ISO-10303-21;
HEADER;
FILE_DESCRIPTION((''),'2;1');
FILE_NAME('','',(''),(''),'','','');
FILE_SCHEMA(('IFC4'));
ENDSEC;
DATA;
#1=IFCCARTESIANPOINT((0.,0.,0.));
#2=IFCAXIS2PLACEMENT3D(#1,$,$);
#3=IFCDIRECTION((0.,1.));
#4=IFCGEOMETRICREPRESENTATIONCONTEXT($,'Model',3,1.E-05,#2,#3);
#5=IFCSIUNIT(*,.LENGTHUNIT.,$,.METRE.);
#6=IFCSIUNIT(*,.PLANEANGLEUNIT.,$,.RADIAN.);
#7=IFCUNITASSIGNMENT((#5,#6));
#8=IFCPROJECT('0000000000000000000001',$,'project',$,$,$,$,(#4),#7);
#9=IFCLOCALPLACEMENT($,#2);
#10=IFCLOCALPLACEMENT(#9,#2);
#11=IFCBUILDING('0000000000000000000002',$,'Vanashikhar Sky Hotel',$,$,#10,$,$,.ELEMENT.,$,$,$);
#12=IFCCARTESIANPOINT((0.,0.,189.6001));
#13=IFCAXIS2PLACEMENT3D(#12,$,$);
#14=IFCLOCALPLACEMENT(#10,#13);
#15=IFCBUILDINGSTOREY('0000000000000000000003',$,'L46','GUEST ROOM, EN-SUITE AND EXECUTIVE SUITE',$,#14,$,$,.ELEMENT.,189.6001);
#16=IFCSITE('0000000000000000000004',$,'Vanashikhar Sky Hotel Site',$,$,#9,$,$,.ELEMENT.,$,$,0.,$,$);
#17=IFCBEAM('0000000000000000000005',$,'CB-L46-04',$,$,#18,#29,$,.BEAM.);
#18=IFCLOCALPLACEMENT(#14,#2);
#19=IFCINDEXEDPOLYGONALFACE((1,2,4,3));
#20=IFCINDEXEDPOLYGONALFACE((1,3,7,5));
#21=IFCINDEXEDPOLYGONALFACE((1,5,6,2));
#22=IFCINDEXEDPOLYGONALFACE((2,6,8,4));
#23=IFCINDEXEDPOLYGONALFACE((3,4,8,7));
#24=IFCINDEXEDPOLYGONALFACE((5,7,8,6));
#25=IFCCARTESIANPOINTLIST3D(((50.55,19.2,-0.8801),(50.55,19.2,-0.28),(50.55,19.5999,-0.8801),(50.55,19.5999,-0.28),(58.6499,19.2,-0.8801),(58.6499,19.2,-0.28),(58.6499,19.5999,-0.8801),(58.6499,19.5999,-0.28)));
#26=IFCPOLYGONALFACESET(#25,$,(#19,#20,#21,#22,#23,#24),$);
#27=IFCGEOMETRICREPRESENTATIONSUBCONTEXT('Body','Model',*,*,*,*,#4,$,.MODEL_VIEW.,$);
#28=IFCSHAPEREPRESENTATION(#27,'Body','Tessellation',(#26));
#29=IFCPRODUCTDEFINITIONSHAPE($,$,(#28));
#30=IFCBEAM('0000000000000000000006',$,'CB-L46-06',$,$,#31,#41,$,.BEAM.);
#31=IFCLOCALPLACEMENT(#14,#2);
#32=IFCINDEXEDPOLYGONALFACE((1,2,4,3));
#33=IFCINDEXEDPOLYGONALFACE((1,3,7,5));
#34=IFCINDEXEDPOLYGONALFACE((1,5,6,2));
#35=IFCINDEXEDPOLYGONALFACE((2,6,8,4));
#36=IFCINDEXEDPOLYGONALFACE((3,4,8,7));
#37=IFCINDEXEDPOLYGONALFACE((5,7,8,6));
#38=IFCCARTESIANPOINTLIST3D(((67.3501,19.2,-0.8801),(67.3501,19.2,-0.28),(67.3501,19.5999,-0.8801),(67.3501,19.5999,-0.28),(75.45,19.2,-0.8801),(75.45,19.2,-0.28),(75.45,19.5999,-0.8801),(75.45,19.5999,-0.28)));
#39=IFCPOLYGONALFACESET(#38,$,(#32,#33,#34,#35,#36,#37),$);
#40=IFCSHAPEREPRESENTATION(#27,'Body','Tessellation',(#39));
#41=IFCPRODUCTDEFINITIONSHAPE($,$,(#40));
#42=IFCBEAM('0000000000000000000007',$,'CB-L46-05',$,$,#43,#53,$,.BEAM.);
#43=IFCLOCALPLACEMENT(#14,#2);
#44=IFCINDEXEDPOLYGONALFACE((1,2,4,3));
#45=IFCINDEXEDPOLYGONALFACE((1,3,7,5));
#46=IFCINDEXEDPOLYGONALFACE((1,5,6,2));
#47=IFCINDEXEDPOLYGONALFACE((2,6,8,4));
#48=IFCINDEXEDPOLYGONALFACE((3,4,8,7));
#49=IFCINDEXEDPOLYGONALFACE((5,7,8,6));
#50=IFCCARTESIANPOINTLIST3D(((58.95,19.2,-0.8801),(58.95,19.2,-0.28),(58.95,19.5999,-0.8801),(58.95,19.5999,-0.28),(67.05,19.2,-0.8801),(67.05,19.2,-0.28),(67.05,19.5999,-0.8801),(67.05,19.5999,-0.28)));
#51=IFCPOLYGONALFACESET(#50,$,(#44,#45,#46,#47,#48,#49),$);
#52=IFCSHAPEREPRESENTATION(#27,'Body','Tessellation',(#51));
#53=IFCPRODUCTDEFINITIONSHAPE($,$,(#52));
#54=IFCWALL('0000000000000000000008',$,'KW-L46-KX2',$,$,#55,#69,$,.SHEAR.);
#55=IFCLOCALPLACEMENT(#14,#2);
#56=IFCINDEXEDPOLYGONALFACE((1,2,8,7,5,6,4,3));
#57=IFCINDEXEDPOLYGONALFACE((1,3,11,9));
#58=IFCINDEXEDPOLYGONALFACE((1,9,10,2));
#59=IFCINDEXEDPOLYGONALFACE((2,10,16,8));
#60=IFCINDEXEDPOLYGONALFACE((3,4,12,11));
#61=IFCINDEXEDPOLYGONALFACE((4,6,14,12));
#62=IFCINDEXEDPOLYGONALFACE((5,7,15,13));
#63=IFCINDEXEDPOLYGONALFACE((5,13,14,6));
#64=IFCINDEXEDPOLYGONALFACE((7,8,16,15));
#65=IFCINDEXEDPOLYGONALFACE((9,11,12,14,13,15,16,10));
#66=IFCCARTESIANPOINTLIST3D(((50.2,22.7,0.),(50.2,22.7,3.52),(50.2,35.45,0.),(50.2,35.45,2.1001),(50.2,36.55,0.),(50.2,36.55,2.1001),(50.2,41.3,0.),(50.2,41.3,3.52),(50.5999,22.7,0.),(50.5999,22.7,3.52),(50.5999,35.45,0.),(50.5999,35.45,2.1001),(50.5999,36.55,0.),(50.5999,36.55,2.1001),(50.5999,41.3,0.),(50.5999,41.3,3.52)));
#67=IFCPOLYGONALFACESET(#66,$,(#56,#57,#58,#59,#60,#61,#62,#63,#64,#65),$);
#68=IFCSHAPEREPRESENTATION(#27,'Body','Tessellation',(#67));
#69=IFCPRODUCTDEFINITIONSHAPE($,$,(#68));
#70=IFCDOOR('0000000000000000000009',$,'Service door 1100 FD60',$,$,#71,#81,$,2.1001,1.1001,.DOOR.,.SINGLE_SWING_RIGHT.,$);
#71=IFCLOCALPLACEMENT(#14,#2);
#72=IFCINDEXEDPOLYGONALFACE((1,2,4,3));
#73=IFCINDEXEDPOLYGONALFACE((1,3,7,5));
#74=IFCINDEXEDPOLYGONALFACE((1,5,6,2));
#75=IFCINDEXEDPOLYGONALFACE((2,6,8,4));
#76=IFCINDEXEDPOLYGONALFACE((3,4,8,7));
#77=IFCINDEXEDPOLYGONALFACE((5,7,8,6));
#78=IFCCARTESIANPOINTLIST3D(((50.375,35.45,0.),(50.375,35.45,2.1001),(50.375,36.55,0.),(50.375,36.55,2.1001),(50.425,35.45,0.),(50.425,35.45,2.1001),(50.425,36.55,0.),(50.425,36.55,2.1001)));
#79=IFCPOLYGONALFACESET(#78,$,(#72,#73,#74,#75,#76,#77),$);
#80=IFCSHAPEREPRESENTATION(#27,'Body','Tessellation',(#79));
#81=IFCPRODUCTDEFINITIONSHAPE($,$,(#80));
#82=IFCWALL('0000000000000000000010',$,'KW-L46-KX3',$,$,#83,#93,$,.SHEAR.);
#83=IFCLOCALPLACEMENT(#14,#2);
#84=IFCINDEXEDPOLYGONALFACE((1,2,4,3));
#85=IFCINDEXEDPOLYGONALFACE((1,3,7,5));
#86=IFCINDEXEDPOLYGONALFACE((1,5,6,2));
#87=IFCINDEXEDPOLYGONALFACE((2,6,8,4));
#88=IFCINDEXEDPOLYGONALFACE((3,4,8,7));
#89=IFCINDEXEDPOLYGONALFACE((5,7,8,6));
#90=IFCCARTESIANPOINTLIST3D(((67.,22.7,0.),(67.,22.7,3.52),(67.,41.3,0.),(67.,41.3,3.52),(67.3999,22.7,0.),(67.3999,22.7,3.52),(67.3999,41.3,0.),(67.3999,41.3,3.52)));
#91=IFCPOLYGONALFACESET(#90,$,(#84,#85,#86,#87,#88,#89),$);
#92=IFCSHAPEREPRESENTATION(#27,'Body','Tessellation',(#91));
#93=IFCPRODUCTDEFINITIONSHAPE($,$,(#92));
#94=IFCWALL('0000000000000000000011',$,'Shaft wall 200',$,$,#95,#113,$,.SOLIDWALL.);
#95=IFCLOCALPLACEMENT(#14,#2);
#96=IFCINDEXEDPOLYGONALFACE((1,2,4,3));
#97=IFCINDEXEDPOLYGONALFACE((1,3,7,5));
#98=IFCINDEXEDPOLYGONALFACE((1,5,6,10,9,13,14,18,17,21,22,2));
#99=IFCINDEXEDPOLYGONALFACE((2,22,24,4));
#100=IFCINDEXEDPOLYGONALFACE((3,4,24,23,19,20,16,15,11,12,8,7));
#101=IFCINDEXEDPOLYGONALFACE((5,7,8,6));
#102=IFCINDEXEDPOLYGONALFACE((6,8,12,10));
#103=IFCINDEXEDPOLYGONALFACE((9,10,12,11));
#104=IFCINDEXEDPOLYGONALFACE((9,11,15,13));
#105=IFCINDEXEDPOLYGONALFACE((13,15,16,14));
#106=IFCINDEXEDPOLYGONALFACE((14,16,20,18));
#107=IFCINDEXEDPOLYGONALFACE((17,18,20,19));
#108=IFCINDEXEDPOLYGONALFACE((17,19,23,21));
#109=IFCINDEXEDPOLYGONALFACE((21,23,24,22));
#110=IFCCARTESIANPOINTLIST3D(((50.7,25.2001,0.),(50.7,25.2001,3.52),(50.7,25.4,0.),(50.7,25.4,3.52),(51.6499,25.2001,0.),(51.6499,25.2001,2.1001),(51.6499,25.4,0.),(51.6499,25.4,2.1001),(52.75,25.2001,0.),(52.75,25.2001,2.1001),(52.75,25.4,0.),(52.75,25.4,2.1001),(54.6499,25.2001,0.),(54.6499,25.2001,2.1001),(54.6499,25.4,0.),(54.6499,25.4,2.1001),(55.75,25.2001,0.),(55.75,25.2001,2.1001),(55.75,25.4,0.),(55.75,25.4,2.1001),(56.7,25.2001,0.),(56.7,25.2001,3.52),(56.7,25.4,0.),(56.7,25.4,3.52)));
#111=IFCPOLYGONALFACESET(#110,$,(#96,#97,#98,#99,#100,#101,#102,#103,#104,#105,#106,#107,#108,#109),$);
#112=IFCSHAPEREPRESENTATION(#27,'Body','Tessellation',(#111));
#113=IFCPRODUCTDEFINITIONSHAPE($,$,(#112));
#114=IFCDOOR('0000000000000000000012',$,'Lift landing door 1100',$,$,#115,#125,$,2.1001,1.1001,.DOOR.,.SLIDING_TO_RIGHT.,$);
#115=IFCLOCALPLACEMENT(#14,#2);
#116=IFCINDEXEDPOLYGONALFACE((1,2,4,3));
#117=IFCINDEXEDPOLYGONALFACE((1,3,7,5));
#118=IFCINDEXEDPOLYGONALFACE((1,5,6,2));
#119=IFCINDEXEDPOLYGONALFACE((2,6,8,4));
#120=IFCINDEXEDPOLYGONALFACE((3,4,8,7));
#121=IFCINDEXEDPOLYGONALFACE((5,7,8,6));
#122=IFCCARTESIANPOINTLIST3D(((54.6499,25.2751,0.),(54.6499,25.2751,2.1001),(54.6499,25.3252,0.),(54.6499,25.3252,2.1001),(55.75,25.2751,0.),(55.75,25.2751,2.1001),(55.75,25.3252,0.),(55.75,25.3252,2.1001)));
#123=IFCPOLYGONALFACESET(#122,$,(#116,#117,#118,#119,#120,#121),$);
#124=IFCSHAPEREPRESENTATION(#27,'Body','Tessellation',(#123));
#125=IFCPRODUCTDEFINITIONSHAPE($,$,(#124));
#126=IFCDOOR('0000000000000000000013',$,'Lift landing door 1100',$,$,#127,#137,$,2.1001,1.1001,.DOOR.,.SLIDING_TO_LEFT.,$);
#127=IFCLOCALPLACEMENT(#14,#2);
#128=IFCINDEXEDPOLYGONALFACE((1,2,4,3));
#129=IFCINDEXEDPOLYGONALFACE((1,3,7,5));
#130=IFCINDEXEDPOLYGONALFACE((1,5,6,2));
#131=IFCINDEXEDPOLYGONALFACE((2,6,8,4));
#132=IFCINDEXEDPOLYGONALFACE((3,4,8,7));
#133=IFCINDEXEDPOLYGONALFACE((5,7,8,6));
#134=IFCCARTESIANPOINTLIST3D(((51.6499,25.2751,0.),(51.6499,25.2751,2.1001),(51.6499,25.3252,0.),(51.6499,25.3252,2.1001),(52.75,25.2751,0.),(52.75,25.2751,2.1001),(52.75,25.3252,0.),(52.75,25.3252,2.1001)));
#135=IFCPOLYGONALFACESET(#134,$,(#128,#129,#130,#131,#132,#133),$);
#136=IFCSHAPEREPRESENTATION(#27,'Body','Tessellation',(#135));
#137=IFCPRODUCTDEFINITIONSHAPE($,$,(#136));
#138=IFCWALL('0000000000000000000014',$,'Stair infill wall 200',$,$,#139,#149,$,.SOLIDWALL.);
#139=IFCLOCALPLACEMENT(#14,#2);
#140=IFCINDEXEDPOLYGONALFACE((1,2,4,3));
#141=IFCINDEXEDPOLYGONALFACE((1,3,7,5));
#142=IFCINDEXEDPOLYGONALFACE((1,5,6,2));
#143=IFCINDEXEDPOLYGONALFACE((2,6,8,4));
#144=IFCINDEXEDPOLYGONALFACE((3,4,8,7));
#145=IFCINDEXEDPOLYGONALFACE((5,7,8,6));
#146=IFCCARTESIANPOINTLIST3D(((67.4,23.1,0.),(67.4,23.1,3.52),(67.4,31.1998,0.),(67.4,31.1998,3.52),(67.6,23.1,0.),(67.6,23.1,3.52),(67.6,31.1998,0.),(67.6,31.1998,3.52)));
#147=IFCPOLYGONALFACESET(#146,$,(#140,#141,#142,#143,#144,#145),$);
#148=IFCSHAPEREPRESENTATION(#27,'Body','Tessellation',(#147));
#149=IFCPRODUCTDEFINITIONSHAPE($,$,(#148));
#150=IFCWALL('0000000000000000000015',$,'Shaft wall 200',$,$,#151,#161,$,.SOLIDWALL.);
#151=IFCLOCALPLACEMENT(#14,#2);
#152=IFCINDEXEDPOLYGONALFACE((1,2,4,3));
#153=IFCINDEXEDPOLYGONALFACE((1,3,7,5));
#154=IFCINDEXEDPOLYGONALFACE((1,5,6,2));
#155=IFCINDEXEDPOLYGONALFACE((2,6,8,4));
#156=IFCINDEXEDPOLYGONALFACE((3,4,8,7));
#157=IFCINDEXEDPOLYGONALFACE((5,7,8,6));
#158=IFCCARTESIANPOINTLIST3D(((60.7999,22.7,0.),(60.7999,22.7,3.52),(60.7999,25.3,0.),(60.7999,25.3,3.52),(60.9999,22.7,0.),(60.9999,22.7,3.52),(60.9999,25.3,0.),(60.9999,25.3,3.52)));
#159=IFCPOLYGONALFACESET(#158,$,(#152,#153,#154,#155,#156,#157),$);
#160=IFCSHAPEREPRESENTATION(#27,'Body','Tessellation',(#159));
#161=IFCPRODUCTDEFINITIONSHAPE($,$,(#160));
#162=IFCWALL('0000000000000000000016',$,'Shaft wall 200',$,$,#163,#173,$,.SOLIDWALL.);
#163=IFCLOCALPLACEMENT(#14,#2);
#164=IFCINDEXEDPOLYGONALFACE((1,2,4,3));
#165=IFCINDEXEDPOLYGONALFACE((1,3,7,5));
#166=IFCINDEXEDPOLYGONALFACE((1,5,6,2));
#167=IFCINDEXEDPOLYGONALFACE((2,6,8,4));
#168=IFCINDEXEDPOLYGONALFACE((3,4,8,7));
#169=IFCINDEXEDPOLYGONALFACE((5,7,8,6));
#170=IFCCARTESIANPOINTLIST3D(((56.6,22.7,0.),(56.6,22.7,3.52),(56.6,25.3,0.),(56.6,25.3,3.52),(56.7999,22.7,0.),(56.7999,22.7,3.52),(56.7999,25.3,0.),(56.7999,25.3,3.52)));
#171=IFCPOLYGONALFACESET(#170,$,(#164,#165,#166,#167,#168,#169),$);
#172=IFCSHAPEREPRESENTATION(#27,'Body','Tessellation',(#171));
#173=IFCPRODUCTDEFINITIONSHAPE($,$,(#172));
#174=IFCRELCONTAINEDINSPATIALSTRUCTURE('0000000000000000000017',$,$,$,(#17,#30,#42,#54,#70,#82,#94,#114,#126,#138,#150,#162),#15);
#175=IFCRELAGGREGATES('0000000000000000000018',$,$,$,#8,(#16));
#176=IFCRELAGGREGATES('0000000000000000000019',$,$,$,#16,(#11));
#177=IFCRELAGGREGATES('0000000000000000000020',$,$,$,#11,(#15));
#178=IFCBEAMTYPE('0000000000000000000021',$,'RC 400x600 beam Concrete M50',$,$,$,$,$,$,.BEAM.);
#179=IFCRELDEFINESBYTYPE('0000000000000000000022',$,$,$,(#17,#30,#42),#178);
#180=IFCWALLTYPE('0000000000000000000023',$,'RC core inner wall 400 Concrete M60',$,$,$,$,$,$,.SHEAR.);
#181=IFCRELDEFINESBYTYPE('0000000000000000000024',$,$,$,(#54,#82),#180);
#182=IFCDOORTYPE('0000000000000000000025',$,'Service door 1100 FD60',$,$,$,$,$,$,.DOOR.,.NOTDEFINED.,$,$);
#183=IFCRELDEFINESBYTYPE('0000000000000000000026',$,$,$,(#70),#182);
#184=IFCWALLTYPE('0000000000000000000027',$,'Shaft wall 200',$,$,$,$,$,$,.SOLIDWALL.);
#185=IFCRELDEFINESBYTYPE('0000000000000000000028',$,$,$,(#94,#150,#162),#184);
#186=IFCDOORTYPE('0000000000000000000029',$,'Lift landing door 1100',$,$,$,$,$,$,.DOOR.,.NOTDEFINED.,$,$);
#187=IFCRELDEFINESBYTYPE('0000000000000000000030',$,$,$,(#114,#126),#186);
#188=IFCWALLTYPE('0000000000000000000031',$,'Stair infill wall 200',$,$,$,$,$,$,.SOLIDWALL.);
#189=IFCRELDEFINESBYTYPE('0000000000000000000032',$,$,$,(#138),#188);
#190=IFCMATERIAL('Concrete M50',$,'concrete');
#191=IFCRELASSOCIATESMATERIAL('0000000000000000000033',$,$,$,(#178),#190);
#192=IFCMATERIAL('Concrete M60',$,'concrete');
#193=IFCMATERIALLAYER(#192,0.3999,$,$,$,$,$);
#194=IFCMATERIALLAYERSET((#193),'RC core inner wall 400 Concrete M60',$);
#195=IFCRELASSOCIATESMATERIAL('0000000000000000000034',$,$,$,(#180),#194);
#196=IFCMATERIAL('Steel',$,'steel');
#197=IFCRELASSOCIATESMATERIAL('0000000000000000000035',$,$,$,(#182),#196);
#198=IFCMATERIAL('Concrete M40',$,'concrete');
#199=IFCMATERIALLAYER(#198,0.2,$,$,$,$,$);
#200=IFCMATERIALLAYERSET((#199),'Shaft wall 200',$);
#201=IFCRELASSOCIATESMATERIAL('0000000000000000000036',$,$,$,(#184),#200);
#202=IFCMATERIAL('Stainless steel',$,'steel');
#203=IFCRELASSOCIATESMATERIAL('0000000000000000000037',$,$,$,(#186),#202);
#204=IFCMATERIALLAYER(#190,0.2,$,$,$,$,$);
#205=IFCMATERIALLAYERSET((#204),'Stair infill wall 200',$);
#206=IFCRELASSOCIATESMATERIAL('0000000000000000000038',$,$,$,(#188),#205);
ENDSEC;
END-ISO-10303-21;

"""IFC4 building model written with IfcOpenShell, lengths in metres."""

from ifc_helpers import new_model, si_unit, direction, frame, frame_2d, origin, origin_2d, place, context, subcontext, project, spatial, rectangle, extrude, source, transform, mapped, material, layer, layer_set, material_profile, profile_set, type_object, element, fill, save


model = new_model("IFC4")

# Units and contexts
model_context = context("Model", 3, precision=1e-05, world=origin(), true_north=direction((0.0, 1.0)))
body_context = subcontext(model_context, "Body", "Model", "MODEL_VIEW")
ifc_project = project(units=[si_unit("LENGTHUNIT", "METRE"), si_unit("PLANEANGLEUNIT", "RADIAN")], contexts=[model_context])

# Site, building, storey
site_placement = place(None, origin())
site = spatial("IfcSite", under=ifc_project, at=site_placement, Name="Vanashikhar Sky Hotel Site", CompositionType="ELEMENT", RefElevation=0.0)
building_placement = place(site_placement, origin())
building = spatial("IfcBuilding", under=site, at=building_placement, Name="Vanashikhar Sky Hotel", CompositionType="ELEMENT")
storey_placement = place(building_placement, frame((0.0, 0.0, 189.6001)))
storey = spatial("IfcBuildingStorey", under=building, at=storey_placement, Name="L46", Description="GUEST ROOM, EN-SUITE AND EXECUTIVE SUITE", CompositionType="ELEMENT", Elevation=189.6001)

# Beams
ifc_material_1 = material(Name="Concrete M50", Category="concrete")
ifc_material_profile = material_profile(ifc_material_1, rectangle(XDim=0.3999, YDim=0.6001, at=origin_2d()))
ifc_profile_set = profile_set([ifc_material_profile], Name="RC 400x600 beam Concrete M50")
beam_type = type_object("IfcBeamType", Name="RC 400x600 beam Concrete M50", PredefinedType="BEAM", material=ifc_profile_set)
shared_shape_1 = source(origin(), body_context, "Body", "SweptSolid", [
    extrude(rectangle(XDim=0.3999, YDim=0.6001, at=origin_2d()), origin(), (0.0, 0.0, 1.0), 8.0999),
])
for number, where, z_axis, x_axis, name in (
    (1, (50.55, 19.3999, -0.5801), (1.0, 0.0, 0.0), (0.0, 1.0, 0.0), "CB-L46-04"),
    (2, (67.3501, 19.3999, -0.5801), (1.0, 0.0, 0.0), (0.0, 1.0, 0.0), "CB-L46-06"),
):
    element("IfcBeam", number, at=place(storey_placement, frame(where, z_axis=z_axis, x_axis=x_axis)), inside=storey, type_object=beam_type, Name=name, PredefinedType="BEAM", context=body_context, shape_type="MappedRepresentation", body=[
        mapped(shared_shape_1, transform((0.0, 0.0, 0.0), scale=1.0)),
    ])
shared_shape_2 = source(origin(), body_context, "Body", "SweptSolid", [
    extrude(rectangle(XDim=0.3999, YDim=0.6001, at=origin_2d()), origin(), (0.0, 0.0, 1.0), 8.1001),
])
beam_placement = place(storey_placement, frame((58.95, 19.3999, -0.5801), z_axis=(1.0, 0.0, 0.0), x_axis=(0.0, 1.0, 0.0)))
element("IfcBeam", 3, at=beam_placement, inside=storey, type_object=beam_type, Name="CB-L46-05", PredefinedType="BEAM", context=body_context, shape_type="MappedRepresentation", body=[
    mapped(shared_shape_2, transform((0.0, 0.0, 0.0), scale=1.0)),
])

# Wall, opening, door
ifc_material_2 = material(Name="Concrete M60", Category="concrete")
ifc_layer_1 = layer(ifc_material_2, 0.3999)
ifc_layer_set_1 = layer_set([ifc_layer_1], Name="RC core inner wall 400 Concrete M60")
wall_type_1 = type_object("IfcWallType", Name="RC core inner wall 400 Concrete M60", PredefinedType="SHEAR", material=ifc_layer_set_1)
shared_shape_3 = source(origin(), body_context, "Body", "SweptSolid", [
    extrude(rectangle(XDim=18.6001, YDim=0.3999, at=frame_2d((9.3, 0.0))), origin(), (0.0, 0.0, 1.0), 3.52),
])
wall_1_placement = place(storey_placement, frame((50.3999, 22.7, 0.0), z_axis=(0.0, 0.0, 1.0), x_axis=(0.0, 1.0, 0.0)))
wall_1 = element("IfcWall", 4, at=wall_1_placement, inside=storey, type_object=wall_type_1, Name="KW-L46-KX2", PredefinedType="SHEAR", context=body_context, shape_type="MappedRepresentation", body=[
    mapped(shared_shape_3, transform((0.0, 0.0, 0.0), scale=1.0)),
])
shared_shape_4 = source(origin(), body_context, "Body", "SweptSolid", [
    extrude(rectangle(XDim=1.1001, YDim=2.1001, at=frame_2d((0.55, 1.05))), frame((0.0, 0.21, 0.0), z_axis=(0.0, -1.0, 0.0), x_axis=(1.0, 0.0, 0.0)), (0.0, 0.0, 1.0), 0.4199),
])
opening_1_placement = place(wall_1_placement, frame((12.75, 0.0, 0.0)))
opening_1 = element("IfcOpeningElement", 5, at=opening_1_placement, cuts=wall_1, PredefinedType="OPENING", context=body_context, shape_type="MappedRepresentation", body=[
    mapped(shared_shape_4, transform((0.0, 0.0, 0.0), scale=1.0)),
])
ifc_material_3 = material(Name="Steel", Category="steel")
door_type_1 = type_object("IfcDoorType", Name="Service door 1100 FD60", OperationType="NOTDEFINED", PredefinedType="DOOR", material=ifc_material_3)
shared_shape_5 = source(origin(), body_context, "Body", "SweptSolid", [
    extrude(rectangle(XDim=1.1001, YDim=2.1001, at=frame_2d((0.55, 1.05))), frame((0.0, 0.0249, 0.0), z_axis=(0.0, -1.0, 0.0), x_axis=(1.0, 0.0, 0.0)), (0.0, 0.0, 1.0), 0.05),
])
door_1_placement = place(opening_1_placement, origin())
door_1 = element("IfcDoor", 6, at=door_1_placement, inside=storey, type_object=door_type_1, Name="Service door 1100 FD60", OperationType="SINGLE_SWING_RIGHT", OverallHeight=2.1001, OverallWidth=1.1001, PredefinedType="DOOR", context=body_context, shape_type="MappedRepresentation", body=[
    mapped(shared_shape_5, transform((0.0, 0.0, 0.0), scale=1.0)),
])
fill(opening_1, door_1)

# Wall
wall_2_placement = place(storey_placement, frame((67.2, 22.7, 0.0), z_axis=(0.0, 0.0, 1.0), x_axis=(0.0, 1.0, 0.0)))
element("IfcWall", 7, at=wall_2_placement, inside=storey, type_object=wall_type_1, Name="KW-L46-KX3", PredefinedType="SHEAR", context=body_context, shape_type="MappedRepresentation", body=[
    mapped(shared_shape_3, transform((0.0, 0.0, 0.0), scale=1.0)),
])

# Wall, openings, doors
ifc_material_4 = material(Name="Concrete M40", Category="concrete")
ifc_layer_2 = layer(ifc_material_4, 0.2)
ifc_layer_set_2 = layer_set([ifc_layer_2], Name="Shaft wall 200")
wall_type_2 = type_object("IfcWallType", Name="Shaft wall 200", PredefinedType="SOLIDWALL", material=ifc_layer_set_2)
shared_shape_6 = source(origin(), body_context, "Body", "SweptSolid", [
    extrude(rectangle(XDim=6.0, YDim=0.2, at=frame_2d((3.0, 0.0))), origin(), (0.0, 0.0, 1.0), 3.52),
])
wall_3_placement = place(storey_placement, frame((56.7, 25.3, 0.0), z_axis=(0.0, 0.0, 1.0), x_axis=(-1.0, 0.0, 0.0)))
wall_3 = element("IfcWall", 8, at=wall_3_placement, inside=storey, type_object=wall_type_2, Name="Shaft wall 200", PredefinedType="SOLIDWALL", context=body_context, shape_type="MappedRepresentation", body=[
    mapped(shared_shape_6, transform((0.0, 0.0, 0.0), scale=1.0)),
])
shared_shape_7 = source(origin(), body_context, "Body", "SweptSolid", [
    extrude(rectangle(XDim=1.1001, YDim=2.1001, at=frame_2d((0.55, 1.05))), frame((0.0, 0.1099, 0.0), z_axis=(0.0, -1.0, 0.0), x_axis=(1.0, 0.0, 0.0)), (0.0, 0.0, 1.0), 0.22),
])
opening_2_placement = place(wall_3_placement, frame((0.95, 0.0, 0.0)))
opening_2 = element("IfcOpeningElement", 9, at=opening_2_placement, cuts=wall_3, PredefinedType="OPENING", context=body_context, shape_type="MappedRepresentation", body=[
    mapped(shared_shape_7, transform((0.0, 0.0, 0.0), scale=1.0)),
])
opening_3_placement = place(wall_3_placement, frame((3.95, 0.0, 0.0)))
opening_3 = element("IfcOpeningElement", 10, at=opening_3_placement, cuts=wall_3, PredefinedType="OPENING", context=body_context, shape_type="MappedRepresentation", body=[
    mapped(shared_shape_7, transform((0.0, 0.0, 0.0), scale=1.0)),
])
ifc_material_5 = material(Name="Stainless steel", Category="steel")
door_type_2 = type_object("IfcDoorType", Name="Lift landing door 1100", OperationType="NOTDEFINED", PredefinedType="DOOR", material=ifc_material_5)
door_2_placement = place(opening_2_placement, origin())
door_2 = element("IfcDoor", 11, at=door_2_placement, inside=storey, type_object=door_type_2, Name="Lift landing door 1100", OperationType="SLIDING_TO_RIGHT", OverallHeight=2.1001, OverallWidth=1.1001, PredefinedType="DOOR", context=body_context, shape_type="MappedRepresentation", body=[
    mapped(shared_shape_5, transform((0.0, 0.0, 0.0), scale=1.0)),
])
fill(opening_2, door_2)
door_3_placement = place(opening_3_placement, origin())
door_3 = element("IfcDoor", 12, at=door_3_placement, inside=storey, type_object=door_type_2, Name="Lift landing door 1100", OperationType="SLIDING_TO_LEFT", OverallHeight=2.1001, OverallWidth=1.1001, PredefinedType="DOOR", context=body_context, shape_type="MappedRepresentation", body=[
    mapped(shared_shape_5, transform((0.0, 0.0, 0.0), scale=1.0)),
])
fill(opening_3, door_3)

# Walls
ifc_layer_3 = layer(ifc_material_1, 0.2)
ifc_layer_set_3 = layer_set([ifc_layer_3], Name="Stair infill wall 200")
wall_type_3 = type_object("IfcWallType", Name="Stair infill wall 200", PredefinedType="SOLIDWALL", material=ifc_layer_set_3)
shared_shape_8 = source(origin(), body_context, "Body", "SweptSolid", [
    extrude(rectangle(XDim=8.0999, YDim=0.2, at=frame_2d((4.0498, 0.0))), origin(), (0.0, 0.0, 1.0), 3.52),
])
wall_4_placement = place(storey_placement, frame((67.5, 23.1001, 0.0), z_axis=(0.0, 0.0, 1.0), x_axis=(0.0, 1.0, 0.0)))
element("IfcWall", 13, at=wall_4_placement, inside=storey, type_object=wall_type_3, Name="Stair infill wall 200", PredefinedType="SOLIDWALL", context=body_context, shape_type="MappedRepresentation", body=[
    mapped(shared_shape_8, transform((0.0, 0.0, 0.0), scale=1.0)),
])
shared_shape_9 = source(origin(), body_context, "Body", "SweptSolid", [
    extrude(rectangle(XDim=2.6001, YDim=0.2, at=frame_2d((1.3, 0.0))), origin(), (0.0, 0.0, 1.0), 3.52),
])
for number, where, z_axis, x_axis, name in (
    (14, (60.8999, 22.7, 0.0), (0.0, 0.0, 1.0), (0.0, 1.0, 0.0), "Shaft wall 200"),
    (15, (56.7, 22.7, 0.0), (0.0, 0.0, 1.0), (0.0, 1.0, 0.0), "Shaft wall 200"),
):
    element("IfcWall", number, at=place(storey_placement, frame(where, z_axis=z_axis, x_axis=x_axis)), inside=storey, type_object=wall_type_2, Name=name, PredefinedType="SOLIDWALL", context=body_context, shape_type="MappedRepresentation", body=[
        mapped(shared_shape_9, transform((0.0, 0.0, 0.0), scale=1.0)),
    ])

save(model, "model.ifc")
